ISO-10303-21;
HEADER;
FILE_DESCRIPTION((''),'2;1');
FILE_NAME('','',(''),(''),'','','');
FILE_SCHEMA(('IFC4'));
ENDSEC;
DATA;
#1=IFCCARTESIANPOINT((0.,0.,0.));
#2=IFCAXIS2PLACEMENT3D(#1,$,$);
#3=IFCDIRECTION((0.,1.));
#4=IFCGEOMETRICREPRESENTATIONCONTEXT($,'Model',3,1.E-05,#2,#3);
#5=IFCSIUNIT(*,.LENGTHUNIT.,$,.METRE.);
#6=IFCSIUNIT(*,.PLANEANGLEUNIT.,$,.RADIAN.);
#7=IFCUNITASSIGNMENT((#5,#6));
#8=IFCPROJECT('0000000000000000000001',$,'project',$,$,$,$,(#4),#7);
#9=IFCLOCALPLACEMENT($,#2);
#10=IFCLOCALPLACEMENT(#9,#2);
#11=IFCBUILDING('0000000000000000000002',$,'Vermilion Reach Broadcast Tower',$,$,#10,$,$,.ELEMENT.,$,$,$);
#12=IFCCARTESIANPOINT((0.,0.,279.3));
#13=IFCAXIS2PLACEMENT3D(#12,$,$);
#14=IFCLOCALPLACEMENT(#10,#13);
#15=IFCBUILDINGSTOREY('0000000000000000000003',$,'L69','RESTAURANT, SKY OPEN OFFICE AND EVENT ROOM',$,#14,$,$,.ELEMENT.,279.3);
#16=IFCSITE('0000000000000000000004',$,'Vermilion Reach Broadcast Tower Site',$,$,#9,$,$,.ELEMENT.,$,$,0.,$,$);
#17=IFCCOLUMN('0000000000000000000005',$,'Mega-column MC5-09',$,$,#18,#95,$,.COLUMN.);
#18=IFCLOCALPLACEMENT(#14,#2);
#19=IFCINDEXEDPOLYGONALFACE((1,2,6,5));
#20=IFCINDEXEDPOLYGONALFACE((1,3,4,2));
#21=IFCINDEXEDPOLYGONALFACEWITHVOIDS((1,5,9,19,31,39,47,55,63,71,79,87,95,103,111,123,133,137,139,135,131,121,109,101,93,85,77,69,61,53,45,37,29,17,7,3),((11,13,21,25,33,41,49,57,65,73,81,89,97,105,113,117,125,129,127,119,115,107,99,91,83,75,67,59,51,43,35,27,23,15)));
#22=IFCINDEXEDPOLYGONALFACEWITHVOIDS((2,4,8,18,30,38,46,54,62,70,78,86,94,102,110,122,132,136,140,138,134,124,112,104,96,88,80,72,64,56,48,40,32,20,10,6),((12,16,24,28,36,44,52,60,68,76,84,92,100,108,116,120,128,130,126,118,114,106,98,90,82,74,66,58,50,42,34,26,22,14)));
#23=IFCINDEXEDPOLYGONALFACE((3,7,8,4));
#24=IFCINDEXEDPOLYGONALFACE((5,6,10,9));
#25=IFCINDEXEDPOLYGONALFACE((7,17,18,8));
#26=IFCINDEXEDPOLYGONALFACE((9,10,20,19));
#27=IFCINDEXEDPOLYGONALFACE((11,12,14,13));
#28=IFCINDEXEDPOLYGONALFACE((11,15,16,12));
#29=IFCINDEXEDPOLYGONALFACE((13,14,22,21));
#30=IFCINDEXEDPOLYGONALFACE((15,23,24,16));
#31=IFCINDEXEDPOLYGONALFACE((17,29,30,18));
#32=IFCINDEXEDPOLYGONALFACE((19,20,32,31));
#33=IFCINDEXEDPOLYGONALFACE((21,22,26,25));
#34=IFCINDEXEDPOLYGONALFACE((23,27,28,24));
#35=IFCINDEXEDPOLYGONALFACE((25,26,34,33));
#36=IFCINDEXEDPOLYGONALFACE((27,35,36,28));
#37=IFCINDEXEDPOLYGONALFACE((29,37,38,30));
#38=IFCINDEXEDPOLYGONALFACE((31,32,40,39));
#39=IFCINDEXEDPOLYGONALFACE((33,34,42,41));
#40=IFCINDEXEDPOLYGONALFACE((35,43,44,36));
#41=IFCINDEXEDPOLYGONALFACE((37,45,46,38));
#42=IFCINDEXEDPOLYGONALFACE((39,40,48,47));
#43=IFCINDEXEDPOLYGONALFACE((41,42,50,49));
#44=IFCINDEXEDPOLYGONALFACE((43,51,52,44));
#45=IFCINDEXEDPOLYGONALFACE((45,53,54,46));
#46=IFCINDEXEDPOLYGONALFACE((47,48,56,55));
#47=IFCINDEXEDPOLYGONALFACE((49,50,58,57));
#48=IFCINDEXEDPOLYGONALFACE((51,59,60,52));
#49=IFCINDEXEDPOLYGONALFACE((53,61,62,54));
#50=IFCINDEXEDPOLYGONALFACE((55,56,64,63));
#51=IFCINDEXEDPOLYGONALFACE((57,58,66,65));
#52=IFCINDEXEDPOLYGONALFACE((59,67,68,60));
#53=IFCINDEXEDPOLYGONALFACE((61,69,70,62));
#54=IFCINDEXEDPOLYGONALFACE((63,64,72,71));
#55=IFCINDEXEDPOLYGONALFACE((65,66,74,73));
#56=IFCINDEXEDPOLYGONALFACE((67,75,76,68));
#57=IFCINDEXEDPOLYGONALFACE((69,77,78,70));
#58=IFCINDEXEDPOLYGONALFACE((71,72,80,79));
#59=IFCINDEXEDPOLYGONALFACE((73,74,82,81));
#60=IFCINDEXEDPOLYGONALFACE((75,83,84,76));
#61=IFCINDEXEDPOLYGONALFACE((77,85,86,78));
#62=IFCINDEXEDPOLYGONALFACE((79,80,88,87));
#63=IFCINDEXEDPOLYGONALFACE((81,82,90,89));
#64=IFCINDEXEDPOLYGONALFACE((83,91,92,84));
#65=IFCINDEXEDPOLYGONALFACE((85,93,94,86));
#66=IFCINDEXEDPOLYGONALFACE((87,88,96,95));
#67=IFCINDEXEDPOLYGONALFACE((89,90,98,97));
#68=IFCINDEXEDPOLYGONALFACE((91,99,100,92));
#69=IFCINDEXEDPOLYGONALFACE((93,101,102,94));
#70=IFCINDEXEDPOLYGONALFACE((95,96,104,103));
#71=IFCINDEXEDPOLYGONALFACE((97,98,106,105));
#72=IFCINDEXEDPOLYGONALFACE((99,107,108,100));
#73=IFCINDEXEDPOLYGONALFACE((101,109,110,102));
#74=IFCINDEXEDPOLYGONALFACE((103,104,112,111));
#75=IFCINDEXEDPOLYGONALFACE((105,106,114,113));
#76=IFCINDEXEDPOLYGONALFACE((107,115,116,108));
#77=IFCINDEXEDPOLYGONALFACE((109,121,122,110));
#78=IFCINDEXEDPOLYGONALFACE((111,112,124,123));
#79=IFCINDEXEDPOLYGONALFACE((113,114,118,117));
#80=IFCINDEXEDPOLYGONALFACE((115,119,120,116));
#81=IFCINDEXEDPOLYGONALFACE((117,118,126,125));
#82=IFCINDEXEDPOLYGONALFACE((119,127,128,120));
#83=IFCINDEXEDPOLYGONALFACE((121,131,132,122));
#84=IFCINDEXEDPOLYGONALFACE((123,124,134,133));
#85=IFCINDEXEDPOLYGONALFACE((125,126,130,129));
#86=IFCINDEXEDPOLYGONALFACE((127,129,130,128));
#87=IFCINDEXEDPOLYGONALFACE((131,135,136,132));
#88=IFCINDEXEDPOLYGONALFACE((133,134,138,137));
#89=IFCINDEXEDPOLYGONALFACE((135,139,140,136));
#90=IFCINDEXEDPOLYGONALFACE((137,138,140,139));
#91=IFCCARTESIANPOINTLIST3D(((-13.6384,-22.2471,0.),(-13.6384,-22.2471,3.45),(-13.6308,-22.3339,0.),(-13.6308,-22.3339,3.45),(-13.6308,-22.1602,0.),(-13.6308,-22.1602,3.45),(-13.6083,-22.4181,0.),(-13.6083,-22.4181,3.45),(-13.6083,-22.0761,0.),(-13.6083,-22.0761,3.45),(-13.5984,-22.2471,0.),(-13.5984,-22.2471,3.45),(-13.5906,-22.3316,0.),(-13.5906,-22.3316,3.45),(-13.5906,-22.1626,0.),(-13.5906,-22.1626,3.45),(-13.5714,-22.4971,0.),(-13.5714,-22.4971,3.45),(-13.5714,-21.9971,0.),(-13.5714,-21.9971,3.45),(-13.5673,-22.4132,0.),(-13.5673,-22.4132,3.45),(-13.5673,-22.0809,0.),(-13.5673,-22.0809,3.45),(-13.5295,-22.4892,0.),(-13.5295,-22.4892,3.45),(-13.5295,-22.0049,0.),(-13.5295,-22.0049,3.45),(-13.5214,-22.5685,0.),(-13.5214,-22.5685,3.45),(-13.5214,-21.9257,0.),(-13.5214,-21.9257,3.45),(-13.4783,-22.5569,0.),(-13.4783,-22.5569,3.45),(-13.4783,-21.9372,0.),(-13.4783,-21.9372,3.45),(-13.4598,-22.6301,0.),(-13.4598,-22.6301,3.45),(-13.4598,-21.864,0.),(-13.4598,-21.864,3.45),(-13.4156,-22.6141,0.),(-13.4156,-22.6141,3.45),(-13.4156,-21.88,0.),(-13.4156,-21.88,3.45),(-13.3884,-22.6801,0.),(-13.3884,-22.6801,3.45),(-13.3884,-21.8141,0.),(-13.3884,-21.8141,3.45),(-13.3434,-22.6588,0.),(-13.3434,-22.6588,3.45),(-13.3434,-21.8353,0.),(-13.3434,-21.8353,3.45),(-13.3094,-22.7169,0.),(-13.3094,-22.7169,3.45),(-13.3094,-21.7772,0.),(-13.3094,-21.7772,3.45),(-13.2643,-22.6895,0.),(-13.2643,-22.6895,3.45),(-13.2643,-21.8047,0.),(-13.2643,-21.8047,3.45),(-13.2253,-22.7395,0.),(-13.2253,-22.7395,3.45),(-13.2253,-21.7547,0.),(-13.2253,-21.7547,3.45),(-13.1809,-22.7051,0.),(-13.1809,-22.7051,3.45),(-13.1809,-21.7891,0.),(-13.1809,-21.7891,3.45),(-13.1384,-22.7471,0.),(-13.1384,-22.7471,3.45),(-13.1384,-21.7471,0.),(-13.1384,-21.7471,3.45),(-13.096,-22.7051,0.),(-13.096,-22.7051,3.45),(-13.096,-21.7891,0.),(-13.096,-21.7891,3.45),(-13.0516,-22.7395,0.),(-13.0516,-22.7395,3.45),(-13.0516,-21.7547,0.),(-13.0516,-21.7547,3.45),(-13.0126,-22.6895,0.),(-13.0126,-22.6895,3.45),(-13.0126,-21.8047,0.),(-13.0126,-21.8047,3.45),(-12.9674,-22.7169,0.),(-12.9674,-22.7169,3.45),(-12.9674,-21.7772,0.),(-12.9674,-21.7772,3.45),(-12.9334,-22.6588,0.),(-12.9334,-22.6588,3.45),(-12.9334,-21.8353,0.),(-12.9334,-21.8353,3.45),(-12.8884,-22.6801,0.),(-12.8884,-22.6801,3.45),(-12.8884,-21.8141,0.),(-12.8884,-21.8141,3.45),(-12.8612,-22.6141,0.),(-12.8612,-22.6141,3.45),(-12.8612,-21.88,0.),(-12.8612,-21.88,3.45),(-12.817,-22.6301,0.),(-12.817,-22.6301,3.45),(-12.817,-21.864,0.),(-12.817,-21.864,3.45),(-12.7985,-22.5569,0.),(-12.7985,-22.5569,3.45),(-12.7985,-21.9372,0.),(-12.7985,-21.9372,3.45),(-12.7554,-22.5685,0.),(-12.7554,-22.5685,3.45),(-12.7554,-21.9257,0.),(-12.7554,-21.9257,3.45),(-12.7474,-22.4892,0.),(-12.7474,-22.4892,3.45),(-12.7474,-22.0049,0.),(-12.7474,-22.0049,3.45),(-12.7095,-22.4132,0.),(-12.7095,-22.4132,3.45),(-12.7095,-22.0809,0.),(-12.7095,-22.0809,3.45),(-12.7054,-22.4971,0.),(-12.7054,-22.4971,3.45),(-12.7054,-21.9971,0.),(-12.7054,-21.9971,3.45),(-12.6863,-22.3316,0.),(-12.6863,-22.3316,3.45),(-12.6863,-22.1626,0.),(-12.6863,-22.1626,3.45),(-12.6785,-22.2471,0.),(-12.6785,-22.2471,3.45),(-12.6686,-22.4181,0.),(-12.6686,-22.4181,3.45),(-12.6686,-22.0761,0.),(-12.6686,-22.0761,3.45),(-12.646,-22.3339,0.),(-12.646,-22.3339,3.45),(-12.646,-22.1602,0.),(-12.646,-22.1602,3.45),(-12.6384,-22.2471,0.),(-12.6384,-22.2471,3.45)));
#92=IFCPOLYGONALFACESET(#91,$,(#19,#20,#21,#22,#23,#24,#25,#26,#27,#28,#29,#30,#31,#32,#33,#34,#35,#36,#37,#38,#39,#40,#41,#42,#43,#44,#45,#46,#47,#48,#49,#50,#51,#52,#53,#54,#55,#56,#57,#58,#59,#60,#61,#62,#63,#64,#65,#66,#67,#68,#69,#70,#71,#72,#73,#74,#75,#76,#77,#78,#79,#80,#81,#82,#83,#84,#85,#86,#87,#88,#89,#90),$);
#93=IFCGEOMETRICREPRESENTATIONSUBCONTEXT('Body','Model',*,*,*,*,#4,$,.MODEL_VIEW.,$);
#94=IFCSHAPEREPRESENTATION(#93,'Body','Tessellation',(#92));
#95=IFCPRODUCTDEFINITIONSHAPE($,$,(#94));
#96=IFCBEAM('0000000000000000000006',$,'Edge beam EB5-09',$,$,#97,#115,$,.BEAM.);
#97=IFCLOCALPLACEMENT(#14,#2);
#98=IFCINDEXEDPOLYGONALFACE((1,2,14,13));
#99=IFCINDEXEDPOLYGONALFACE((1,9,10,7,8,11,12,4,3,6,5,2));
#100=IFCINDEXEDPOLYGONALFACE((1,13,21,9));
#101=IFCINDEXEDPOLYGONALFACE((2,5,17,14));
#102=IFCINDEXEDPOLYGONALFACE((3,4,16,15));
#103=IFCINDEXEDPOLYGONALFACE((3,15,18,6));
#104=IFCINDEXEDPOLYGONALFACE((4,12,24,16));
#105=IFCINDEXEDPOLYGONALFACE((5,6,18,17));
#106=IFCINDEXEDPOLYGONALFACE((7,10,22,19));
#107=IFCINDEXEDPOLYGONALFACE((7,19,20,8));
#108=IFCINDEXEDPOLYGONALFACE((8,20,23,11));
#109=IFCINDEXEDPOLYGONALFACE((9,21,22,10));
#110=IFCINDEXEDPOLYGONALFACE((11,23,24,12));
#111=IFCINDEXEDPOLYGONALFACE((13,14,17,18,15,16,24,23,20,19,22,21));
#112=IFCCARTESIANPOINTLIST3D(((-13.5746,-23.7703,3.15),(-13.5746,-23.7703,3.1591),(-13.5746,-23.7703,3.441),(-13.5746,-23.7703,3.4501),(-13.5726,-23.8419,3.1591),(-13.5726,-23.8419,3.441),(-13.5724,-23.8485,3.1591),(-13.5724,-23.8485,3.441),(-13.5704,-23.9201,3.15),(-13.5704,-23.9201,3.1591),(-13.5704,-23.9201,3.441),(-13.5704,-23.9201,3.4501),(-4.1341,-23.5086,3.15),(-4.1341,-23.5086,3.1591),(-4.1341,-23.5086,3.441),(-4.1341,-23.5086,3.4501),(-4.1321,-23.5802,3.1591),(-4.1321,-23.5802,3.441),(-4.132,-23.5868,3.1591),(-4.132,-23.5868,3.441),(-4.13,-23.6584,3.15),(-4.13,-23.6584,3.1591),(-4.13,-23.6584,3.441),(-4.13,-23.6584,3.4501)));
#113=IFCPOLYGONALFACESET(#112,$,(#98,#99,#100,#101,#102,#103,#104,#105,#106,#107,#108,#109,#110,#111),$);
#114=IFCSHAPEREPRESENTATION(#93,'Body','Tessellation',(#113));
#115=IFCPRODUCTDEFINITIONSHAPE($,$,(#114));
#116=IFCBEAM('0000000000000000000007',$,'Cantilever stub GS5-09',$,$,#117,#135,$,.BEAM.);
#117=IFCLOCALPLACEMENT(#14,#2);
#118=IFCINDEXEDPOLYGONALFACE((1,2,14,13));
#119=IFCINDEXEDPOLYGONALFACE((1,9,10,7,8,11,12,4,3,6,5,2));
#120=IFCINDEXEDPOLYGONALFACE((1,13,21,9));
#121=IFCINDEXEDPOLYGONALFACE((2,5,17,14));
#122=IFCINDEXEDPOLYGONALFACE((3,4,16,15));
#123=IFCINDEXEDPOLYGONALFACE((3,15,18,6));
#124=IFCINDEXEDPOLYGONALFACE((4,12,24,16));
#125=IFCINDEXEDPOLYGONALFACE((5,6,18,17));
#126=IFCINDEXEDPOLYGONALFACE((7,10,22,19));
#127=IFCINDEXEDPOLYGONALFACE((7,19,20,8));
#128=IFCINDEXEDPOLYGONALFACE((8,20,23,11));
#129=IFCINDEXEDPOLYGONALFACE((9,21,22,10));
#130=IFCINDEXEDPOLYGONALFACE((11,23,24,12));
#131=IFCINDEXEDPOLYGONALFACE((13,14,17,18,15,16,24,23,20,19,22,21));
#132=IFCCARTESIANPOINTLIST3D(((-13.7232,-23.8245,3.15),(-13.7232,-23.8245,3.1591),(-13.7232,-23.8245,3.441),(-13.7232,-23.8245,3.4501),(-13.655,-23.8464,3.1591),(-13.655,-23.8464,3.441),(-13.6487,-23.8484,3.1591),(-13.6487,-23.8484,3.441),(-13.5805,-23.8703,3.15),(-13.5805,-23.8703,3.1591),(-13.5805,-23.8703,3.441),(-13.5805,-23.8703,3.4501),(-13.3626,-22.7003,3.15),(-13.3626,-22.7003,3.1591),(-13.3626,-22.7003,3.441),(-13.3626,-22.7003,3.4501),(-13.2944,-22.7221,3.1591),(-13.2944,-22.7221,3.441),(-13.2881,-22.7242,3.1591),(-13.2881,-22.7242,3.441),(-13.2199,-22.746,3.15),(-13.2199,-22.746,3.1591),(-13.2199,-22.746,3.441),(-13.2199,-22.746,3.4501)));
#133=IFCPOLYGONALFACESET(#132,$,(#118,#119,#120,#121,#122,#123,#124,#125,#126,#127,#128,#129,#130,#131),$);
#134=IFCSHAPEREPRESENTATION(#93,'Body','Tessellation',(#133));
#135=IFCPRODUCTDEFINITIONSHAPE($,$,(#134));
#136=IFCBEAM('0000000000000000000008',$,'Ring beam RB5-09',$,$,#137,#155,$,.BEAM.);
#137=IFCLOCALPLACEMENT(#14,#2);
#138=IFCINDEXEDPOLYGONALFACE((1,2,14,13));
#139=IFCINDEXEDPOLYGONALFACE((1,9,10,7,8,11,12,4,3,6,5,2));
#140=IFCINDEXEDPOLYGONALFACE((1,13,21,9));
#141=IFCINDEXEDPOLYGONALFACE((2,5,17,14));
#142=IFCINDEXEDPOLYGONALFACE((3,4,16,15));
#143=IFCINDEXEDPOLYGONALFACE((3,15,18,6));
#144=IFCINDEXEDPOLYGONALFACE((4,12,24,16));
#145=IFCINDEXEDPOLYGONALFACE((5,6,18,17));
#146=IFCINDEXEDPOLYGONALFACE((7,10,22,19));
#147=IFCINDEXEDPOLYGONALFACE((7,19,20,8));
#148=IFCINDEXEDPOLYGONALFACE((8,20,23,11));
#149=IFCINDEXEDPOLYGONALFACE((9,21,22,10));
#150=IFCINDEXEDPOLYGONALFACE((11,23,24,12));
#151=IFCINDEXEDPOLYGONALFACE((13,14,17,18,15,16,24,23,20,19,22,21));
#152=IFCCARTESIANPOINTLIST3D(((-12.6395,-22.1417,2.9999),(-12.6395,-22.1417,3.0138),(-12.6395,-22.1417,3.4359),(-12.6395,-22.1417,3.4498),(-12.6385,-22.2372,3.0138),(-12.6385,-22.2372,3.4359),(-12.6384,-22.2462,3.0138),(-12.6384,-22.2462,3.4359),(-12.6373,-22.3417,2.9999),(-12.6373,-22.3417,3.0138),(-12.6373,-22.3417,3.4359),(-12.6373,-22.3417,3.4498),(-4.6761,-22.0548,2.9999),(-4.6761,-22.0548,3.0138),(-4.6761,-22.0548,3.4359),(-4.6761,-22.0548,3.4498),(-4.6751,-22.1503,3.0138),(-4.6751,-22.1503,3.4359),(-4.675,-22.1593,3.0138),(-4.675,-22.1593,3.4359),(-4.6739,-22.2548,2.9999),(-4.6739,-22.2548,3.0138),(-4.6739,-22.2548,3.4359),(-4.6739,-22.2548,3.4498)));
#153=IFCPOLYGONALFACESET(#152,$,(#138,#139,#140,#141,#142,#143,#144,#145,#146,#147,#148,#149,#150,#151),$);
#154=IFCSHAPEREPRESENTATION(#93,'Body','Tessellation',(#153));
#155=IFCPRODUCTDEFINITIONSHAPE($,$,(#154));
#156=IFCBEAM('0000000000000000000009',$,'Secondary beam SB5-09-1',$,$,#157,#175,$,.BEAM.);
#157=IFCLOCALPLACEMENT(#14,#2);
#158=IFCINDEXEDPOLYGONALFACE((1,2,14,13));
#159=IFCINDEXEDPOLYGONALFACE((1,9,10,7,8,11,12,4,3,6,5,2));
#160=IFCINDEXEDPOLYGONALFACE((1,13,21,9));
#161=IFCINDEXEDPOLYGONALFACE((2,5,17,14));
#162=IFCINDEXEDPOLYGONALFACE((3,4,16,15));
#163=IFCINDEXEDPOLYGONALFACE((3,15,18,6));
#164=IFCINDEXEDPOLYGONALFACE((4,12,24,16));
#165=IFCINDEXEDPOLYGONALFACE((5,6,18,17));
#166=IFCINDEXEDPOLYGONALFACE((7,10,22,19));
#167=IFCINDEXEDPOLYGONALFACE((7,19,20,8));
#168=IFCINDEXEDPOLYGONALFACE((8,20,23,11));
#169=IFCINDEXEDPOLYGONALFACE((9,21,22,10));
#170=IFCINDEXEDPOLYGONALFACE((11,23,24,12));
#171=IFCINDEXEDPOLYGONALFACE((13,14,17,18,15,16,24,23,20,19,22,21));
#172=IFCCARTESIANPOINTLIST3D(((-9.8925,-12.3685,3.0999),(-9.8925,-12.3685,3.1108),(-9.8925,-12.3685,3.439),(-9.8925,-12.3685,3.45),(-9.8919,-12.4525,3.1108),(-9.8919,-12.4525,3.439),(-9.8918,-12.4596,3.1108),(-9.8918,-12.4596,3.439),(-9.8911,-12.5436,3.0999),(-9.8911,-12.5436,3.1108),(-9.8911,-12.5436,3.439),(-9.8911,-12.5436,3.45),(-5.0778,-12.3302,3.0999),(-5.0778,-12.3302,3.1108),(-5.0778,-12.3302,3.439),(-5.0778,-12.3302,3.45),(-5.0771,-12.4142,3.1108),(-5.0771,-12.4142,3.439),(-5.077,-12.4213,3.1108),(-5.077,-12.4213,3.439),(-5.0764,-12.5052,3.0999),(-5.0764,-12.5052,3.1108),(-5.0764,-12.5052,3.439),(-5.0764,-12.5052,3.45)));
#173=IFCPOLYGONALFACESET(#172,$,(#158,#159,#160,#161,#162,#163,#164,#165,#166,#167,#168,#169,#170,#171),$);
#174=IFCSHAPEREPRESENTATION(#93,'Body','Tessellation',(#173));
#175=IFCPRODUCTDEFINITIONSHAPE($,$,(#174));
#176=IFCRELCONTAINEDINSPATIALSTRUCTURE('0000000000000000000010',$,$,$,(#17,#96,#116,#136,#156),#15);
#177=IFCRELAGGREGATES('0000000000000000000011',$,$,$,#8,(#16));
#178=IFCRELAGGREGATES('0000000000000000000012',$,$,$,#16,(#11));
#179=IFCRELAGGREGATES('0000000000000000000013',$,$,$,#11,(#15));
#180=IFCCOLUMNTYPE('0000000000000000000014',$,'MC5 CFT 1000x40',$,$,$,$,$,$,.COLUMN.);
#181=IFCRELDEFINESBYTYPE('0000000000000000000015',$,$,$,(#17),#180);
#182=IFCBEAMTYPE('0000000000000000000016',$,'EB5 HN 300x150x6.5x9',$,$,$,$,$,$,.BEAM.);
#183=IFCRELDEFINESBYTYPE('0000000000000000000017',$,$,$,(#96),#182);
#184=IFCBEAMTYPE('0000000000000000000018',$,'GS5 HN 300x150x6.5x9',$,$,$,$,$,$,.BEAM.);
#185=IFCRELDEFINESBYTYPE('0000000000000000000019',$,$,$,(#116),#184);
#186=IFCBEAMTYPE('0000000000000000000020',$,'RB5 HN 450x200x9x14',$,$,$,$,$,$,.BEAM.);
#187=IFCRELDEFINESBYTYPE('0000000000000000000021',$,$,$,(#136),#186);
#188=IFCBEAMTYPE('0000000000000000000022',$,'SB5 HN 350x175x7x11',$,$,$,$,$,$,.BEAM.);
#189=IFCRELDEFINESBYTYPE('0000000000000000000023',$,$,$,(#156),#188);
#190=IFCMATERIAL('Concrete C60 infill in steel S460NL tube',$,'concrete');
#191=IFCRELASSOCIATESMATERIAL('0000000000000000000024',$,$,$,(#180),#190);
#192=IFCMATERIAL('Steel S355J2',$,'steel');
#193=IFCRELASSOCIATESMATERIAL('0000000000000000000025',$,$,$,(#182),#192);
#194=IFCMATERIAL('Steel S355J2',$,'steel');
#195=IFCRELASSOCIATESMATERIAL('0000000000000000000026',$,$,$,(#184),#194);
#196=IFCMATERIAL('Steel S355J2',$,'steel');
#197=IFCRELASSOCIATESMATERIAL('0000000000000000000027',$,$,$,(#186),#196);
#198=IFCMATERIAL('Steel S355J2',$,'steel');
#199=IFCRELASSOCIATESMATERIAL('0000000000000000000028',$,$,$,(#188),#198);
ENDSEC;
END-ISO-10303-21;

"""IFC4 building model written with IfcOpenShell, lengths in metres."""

from ifc_helpers import new_model, si_unit, direction, frame, origin, origin_2d, place, context, subcontext, project, spatial, hollow_circle, i_section, extrude, material, material_profile, profile_set, type_object, element, save


model = new_model("IFC4")

# Units and contexts
model_context = context("Model", 3, precision=1e-05, world=origin(), true_north=direction((0.0, 1.0)))
body_context = subcontext(model_context, "Body", "Model", "MODEL_VIEW")
ifc_project = project(units=[si_unit("LENGTHUNIT", "METRE"), si_unit("PLANEANGLEUNIT", "RADIAN")], contexts=[model_context])

# Site, building, storey
site_placement = place(None, origin())
site = spatial("IfcSite", under=ifc_project, at=site_placement, Name="Vermilion Reach Broadcast Tower Site", CompositionType="ELEMENT", RefElevation=0.0)
building_placement = place(site_placement, origin())
building = spatial("IfcBuilding", under=site, at=building_placement, Name="Vermilion Reach Broadcast Tower", CompositionType="ELEMENT")
storey_placement = place(building_placement, frame((0.0, 0.0, 279.3)))
storey = spatial("IfcBuildingStorey", under=building, at=storey_placement, Name="L69", Description="RESTAURANT, SKY OPEN OFFICE AND EVENT ROOM", CompositionType="ELEMENT", Elevation=279.3)

# Column
ifc_material_1 = material(Name="Concrete C60 infill in steel S460NL tube", Category="concrete")
ifc_material_profile_1 = material_profile(ifc_material_1, hollow_circle(Radius=0.5, WallThickness=0.04, at=origin_2d()), Name="Concrete C60 infill in steel S460NL tube CFT 1000x40")
ifc_profile_set_1 = profile_set([ifc_material_profile_1], Name="Concrete C60 infill in steel S460NL tube")
column_type = type_object("IfcColumnType", Name="MC5 CFT 1000x40", PredefinedType="COLUMN", material=ifc_profile_set_1)
column_placement = place(storey_placement, frame((-13.1384, -22.2471, 0.0), z_axis=(0.0, 0.0, 1.0), x_axis=(1.0, 0.0, 0.0)))
element("IfcColumn", 1, at=column_placement, inside=storey, type_object=column_type, Name="Mega-column MC5-09", PredefinedType="COLUMN", context=body_context, shape_type="SweptSolid", body=[
    extrude(hollow_circle(Radius=0.5, WallThickness=0.04, at=origin_2d()), origin(), (0.0, 0.0, 1.0), 3.45),
])

# Beams
ifc_material_2 = material(Name="Steel S355J2", Category="steel")
ifc_material_profile_2 = material_profile(ifc_material_2, i_section(OverallWidth=0.1499, OverallDepth=0.3, WebThickness=0.0066, FlangeThickness=0.009, at=origin_2d()), Name="S355J2 HN 300x150x6.5x9")
ifc_profile_set_2 = profile_set([ifc_material_profile_2], Name="Steel S355J2")
beam_type_1 = type_object("IfcBeamType", Name="EB5 HN 300x150x6.5x9", PredefinedType="BEAM", material=ifc_profile_set_2)
beam_1_placement = place(storey_placement, frame((-13.5725, -23.8452, 3.3), z_axis=(0.999616, 0.027713, 0.0), x_axis=(-0.027713, 0.999616, 0.0)))
element("IfcBeam", 2, at=beam_1_placement, inside=storey, type_object=beam_type_1, Name="Edge beam EB5-09", PredefinedType="BEAM", context=body_context, shape_type="SweptSolid", body=[
    extrude(i_section(OverallWidth=0.1499, OverallDepth=0.3, WebThickness=0.0066, FlangeThickness=0.009, at=origin_2d()), origin(), (0.0, 0.0, 1.0), 9.4441),
])
ifc_material_3 = material(Name="Steel S355J2", Category="steel")
ifc_material_profile_3 = material_profile(ifc_material_3, i_section(OverallWidth=0.1499, OverallDepth=0.3, WebThickness=0.0066, FlangeThickness=0.009, at=origin_2d()), Name="S355J2 HN 300x150x6.5x9")
ifc_profile_set_3 = profile_set([ifc_material_profile_3], Name="Steel S355J2")
beam_type_2 = type_object("IfcBeamType", Name="GS5 HN 300x150x6.5x9", PredefinedType="BEAM", material=ifc_profile_set_3)
beam_2_placement = place(storey_placement, frame((-13.2913, -22.7231, 3.3), z_axis=(-0.305413, -0.95222, 0.0), x_axis=(0.95222, -0.305413, 0.0)))
element("IfcBeam", 3, at=beam_2_placement, inside=storey, type_object=beam_type_2, Name="Cantilever stub GS5-09", PredefinedType="BEAM", context=body_context, shape_type="SweptSolid", body=[
    extrude(i_section(OverallWidth=0.1499, OverallDepth=0.3, WebThickness=0.0066, FlangeThickness=0.009, at=origin_2d()), origin(), (0.0, 0.0, 1.0), 1.1807),
])
ifc_material_4 = material(Name="Steel S355J2", Category="steel")
ifc_material_profile_4 = material_profile(ifc_material_4, i_section(OverallWidth=0.2, OverallDepth=0.45, WebThickness=0.009, FlangeThickness=0.0139, at=origin_2d()), Name="S355J2 HN 450x200x9x14")
ifc_profile_set_4 = profile_set([ifc_material_profile_4], Name="Steel S355J2")
beam_type_3 = type_object("IfcBeamType", Name="RB5 HN 450x200x9x14", PredefinedType="BEAM", material=ifc_profile_set_4)
beam_3_placement = place(storey_placement, frame((-12.6384, -22.2417, 3.2249), z_axis=(0.99994, 0.010914, 0.0), x_axis=(-0.010914, 0.99994, 0.0)))
element("IfcBeam", 4, at=beam_3_placement, inside=storey, type_object=beam_type_3, Name="Ring beam RB5-09", PredefinedType="BEAM", context=body_context, shape_type="SweptSolid", body=[
    extrude(i_section(OverallWidth=0.2, OverallDepth=0.45, WebThickness=0.009, FlangeThickness=0.0139, at=origin_2d()), origin(), (0.0, 0.0, 1.0), 7.9639),
])
ifc_material_5 = material(Name="Steel S355J2", Category="steel")
ifc_material_profile_5 = material_profile(ifc_material_5, i_section(OverallWidth=0.175, OverallDepth=0.3501, WebThickness=0.0071, FlangeThickness=0.011, at=origin_2d()), Name="S355J2 HN 350x175x7x11")
ifc_profile_set_5 = profile_set([ifc_material_profile_5], Name="Steel S355J2")
beam_type_4 = type_object("IfcBeamType", Name="SB5 HN 350x175x7x11", PredefinedType="BEAM", material=ifc_profile_set_5)
beam_4_placement = place(storey_placement, frame((-9.8918, -12.4561, 3.2749), z_axis=(0.999968, 0.007961, 0.0), x_axis=(-0.007961, 0.999968, 0.0)))
element("IfcBeam", 5, at=beam_4_placement, inside=storey, type_object=beam_type_4, Name="Secondary beam SB5-09-1", PredefinedType="BEAM", context=body_context, shape_type="SweptSolid", body=[
    extrude(i_section(OverallWidth=0.175, OverallDepth=0.3501, WebThickness=0.0071, FlangeThickness=0.011, at=origin_2d()), origin(), (0.0, 0.0, 1.0), 4.8149),
])

save(model, "model.ifc")
